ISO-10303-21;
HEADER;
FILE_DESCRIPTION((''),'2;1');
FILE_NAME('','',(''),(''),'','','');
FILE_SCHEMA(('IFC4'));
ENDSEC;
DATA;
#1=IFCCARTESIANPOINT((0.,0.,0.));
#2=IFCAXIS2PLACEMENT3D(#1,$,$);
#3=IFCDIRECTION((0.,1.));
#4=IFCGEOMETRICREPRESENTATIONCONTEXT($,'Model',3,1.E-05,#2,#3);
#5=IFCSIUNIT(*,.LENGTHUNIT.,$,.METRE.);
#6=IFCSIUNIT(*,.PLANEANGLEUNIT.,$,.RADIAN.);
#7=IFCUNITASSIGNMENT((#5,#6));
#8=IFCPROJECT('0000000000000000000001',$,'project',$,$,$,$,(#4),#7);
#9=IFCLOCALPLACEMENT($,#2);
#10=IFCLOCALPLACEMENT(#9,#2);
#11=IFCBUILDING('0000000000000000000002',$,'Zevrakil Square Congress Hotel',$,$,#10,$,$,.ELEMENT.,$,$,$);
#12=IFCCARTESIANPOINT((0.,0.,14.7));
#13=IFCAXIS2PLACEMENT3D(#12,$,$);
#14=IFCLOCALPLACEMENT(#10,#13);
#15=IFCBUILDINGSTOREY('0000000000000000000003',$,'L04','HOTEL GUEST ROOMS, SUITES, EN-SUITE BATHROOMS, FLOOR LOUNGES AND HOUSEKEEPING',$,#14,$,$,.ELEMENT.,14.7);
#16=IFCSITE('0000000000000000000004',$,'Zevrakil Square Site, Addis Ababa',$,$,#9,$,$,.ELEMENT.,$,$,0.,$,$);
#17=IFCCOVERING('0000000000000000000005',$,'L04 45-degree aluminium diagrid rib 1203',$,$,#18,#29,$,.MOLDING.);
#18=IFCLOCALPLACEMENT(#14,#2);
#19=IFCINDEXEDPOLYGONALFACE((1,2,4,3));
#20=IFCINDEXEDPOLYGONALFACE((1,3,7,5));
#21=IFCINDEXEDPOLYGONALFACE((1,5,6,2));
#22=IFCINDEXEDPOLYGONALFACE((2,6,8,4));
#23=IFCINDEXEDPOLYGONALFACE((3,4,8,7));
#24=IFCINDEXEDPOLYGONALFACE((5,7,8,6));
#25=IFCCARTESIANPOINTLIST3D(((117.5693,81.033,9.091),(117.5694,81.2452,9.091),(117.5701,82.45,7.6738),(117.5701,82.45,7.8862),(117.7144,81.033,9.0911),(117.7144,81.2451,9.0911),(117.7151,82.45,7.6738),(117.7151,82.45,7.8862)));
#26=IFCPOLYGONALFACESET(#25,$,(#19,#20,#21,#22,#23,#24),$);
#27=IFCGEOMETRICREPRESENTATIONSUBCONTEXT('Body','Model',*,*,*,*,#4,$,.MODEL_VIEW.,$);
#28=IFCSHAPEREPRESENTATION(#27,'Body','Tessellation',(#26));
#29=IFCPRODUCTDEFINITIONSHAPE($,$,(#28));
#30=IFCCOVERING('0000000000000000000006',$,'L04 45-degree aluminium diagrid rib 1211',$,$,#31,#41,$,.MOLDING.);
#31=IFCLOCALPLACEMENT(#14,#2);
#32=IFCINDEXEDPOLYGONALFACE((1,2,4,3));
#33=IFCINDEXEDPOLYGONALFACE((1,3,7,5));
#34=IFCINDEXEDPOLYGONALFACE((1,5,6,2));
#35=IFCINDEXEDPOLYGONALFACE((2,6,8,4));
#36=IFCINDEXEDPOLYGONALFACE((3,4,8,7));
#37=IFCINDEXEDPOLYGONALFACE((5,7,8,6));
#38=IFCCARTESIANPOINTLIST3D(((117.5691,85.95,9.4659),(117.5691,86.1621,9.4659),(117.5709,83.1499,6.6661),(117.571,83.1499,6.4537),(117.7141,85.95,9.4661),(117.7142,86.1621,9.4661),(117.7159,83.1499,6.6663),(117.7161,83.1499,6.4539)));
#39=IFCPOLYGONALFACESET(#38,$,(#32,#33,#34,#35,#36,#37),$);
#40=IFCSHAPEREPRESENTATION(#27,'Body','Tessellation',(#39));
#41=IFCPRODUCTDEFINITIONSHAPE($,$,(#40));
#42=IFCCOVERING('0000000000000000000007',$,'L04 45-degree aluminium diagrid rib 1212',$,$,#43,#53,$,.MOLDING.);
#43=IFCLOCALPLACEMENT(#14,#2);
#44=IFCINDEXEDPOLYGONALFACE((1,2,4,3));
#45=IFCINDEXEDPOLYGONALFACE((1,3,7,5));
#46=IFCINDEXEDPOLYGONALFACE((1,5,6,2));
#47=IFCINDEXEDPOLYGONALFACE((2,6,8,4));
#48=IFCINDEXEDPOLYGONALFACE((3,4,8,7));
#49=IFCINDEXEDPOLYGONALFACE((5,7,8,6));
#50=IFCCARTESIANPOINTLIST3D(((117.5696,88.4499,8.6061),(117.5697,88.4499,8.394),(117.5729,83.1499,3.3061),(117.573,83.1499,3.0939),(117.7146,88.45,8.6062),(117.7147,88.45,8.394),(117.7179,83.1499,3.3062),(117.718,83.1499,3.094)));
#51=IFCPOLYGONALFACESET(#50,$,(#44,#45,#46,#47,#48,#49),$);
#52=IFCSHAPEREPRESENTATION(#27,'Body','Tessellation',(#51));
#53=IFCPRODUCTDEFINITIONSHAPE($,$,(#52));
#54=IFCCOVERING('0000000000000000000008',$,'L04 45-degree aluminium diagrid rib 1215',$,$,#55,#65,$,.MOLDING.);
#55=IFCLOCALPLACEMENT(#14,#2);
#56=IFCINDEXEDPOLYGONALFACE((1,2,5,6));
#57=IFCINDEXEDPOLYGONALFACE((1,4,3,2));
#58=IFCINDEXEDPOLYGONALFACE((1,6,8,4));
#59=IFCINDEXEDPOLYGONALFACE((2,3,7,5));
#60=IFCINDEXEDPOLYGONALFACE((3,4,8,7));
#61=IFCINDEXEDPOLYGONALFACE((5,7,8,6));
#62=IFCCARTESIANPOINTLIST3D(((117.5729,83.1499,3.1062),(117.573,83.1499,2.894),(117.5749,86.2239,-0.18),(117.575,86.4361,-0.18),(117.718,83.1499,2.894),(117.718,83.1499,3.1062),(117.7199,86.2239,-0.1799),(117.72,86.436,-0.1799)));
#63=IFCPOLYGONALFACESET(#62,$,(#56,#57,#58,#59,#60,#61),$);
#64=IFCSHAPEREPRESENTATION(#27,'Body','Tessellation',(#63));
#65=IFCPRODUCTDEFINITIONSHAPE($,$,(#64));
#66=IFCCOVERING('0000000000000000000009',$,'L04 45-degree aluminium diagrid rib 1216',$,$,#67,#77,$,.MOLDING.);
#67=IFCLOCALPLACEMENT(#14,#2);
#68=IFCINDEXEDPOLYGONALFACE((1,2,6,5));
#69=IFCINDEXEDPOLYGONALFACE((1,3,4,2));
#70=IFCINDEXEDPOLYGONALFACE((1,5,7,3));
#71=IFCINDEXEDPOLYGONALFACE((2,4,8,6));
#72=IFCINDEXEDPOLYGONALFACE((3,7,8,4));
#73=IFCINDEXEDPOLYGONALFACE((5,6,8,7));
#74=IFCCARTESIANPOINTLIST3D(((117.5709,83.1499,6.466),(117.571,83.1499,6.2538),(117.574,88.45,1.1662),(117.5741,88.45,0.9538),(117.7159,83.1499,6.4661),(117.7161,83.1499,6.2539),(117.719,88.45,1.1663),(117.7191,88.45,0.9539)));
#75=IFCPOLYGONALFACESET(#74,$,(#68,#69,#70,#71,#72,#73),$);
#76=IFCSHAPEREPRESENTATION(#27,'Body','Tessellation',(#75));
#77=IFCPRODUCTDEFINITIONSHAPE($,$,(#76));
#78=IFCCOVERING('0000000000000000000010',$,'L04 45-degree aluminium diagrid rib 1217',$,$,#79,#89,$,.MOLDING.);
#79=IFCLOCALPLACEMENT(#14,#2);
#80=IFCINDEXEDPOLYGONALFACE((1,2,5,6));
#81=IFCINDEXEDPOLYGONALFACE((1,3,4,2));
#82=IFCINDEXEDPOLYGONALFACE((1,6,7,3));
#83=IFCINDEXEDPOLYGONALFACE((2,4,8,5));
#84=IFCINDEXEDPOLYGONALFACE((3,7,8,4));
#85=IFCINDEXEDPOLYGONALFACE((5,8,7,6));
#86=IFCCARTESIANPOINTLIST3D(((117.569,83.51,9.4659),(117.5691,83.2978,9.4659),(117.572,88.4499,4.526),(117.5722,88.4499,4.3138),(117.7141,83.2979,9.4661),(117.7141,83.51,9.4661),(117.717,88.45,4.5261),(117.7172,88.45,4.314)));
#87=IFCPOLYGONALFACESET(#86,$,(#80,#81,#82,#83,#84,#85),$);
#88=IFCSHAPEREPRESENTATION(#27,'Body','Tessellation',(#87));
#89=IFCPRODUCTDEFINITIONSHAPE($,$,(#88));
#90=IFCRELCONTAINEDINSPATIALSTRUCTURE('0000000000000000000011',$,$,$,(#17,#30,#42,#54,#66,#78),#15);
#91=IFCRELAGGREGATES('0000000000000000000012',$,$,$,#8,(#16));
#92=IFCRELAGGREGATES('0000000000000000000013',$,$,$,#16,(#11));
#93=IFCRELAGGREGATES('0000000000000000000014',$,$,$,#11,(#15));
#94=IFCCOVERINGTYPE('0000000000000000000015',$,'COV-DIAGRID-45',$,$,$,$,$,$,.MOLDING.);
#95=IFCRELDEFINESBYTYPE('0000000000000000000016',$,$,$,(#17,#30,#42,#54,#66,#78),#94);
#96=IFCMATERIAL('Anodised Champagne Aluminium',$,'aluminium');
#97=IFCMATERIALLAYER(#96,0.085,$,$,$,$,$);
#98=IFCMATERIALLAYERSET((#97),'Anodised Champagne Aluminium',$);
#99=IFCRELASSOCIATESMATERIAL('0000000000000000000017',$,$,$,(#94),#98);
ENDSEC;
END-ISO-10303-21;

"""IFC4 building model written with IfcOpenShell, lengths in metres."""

from ifc_helpers import new_model, si_unit, direction, frame, origin, place, context, subcontext, project, spatial, polyline, outline, extrude, material, layer, layer_set, type_object, element, save


model = new_model("IFC4")

# Units and contexts
model_context = context("Model", 3, precision=1e-05, world=origin(), true_north=direction((0.0, 1.0)))
body_context = subcontext(model_context, "Body", "Model", "MODEL_VIEW")
ifc_project = project(units=[si_unit("LENGTHUNIT", "METRE"), si_unit("PLANEANGLEUNIT", "RADIAN")], contexts=[model_context])

# Site, building, storey
site_placement = place(None, origin())
site = spatial("IfcSite", under=ifc_project, at=site_placement, Name="Zevrakil Square Site, Addis Ababa", CompositionType="ELEMENT", RefElevation=0.0)
building_placement = place(site_placement, origin())
building = spatial("IfcBuilding", under=site, at=building_placement, Name="Zevrakil Square Congress Hotel", CompositionType="ELEMENT")
storey_placement = place(building_placement, frame((0.0, 0.0, 14.7)))
storey = spatial("IfcBuildingStorey", under=building, at=storey_placement, Name="L04", Description="HOTEL GUEST ROOMS, SUITES, EN-SUITE BATHROOMS, FLOOR LOUNGES AND HOUSEKEEPING", CompositionType="ELEMENT", Elevation=14.7)

# Coverings
ifc_material_1 = material(Name="Anodised Champagne Aluminium", Category="aluminium")
ifc_layer_1 = layer(ifc_material_1, 0.085)
ifc_layer_set_1 = layer_set([ifc_layer_1], Name="Anodised Champagne Aluminium")
covering_type_1 = type_object("IfcCoveringType", Name="COV-DIAGRID-45", PredefinedType="MOLDING", material=ifc_layer_set_1)
covering_1_placement = place(storey_placement, frame((117.7144, 81.033, 9.0911), z_axis=(1.0, -0.00028, 0.000279), x_axis=(0.00028, 1.0, 0.0)))
element("IfcCovering", 1, at=covering_1_placement, inside=storey, type_object=covering_type_1, Name="L04 45-degree aluminium diagrid rib 1203", PredefinedType="MOLDING", context=body_context, shape_type="SweptSolid", body=[
    extrude(outline(polyline([(0.0, 0.0), (0.2122, 0.0), (1.417, -1.2048), (1.417, -1.4172), (0.0, 0.0)])), origin(), (0.0, 0.0, -1.0), 0.145),
])
covering_2_placement = place(storey_placement, frame((117.7161, 83.1499, 6.4539), z_axis=(1.0, -0.00026, 0.00089), x_axis=(-0.00089, 0.0, 1.0)))
element("IfcCovering", 2, at=covering_2_placement, inside=storey, type_object=covering_type_1, Name="L04 45-degree aluminium diagrid rib 1211", PredefinedType="MOLDING", context=body_context, shape_type="SweptSolid", body=[
    extrude(outline(polyline([(0.0, 0.0), (0.2124, 0.0), (3.0122, -2.8), (3.0122, -3.0122), (0.0, 0.0)])), origin(), (0.0, 0.0, -1.0), 0.145),
])
covering_3_placement = place(storey_placement, frame((117.718, 83.1499, 3.094), z_axis=(1.0, 0.000046, 0.000575), x_axis=(-0.000575, 0.0, 1.0)))
element("IfcCovering", 3, at=covering_3_placement, inside=storey, type_object=covering_type_1, Name="L04 45-degree aluminium diagrid rib 1212", PredefinedType="MOLDING", context=body_context, shape_type="SweptSolid", body=[
    extrude(outline(polyline([(0.0, 0.0), (0.2122, 0.0), (5.5122, -5.3), (5.3, -5.3), (0.0, 0.0)])), origin(), (0.0, 0.0, -1.0), 0.145),
])
covering_4_placement = place(storey_placement, frame((117.718, 83.1499, 2.894), z_axis=(1.0, -0.000307, 0.000307), x_axis=(-0.000307, 0.0, 1.0)))
element("IfcCovering", 4, at=covering_4_placement, inside=storey, type_object=covering_type_1, Name="L04 45-degree aluminium diagrid rib 1215", PredefinedType="MOLDING", context=body_context, shape_type="SweptSolid", body=[
    extrude(outline(polyline([(0.0, 0.0), (0.2122, 0.0), (-3.074, -3.2861), (-3.074, -3.074), (0.0, 0.0)])), origin(), (0.0, 0.0, -1.0), 0.145),
])
covering_5_placement = place(storey_placement, frame((117.7161, 83.1499, 6.2539), z_axis=(1.0, -0.000001, 0.000575), x_axis=(-0.000575, 0.0, 1.0)))
element("IfcCovering", 5, at=covering_5_placement, inside=storey, type_object=covering_type_1, Name="L04 45-degree aluminium diagrid rib 1216", PredefinedType="MOLDING", context=body_context, shape_type="SweptSolid", body=[
    extrude(outline(polyline([(0.0, 0.0), (0.2122, 0.0), (-5.0876, -5.3), (-5.3, -5.3), (0.0, 0.0)])), origin(), (0.0, 0.0, -1.0), 0.145),
])
covering_6_placement = place(storey_placement, frame((117.7141, 83.2979, 9.4661), z_axis=(1.0, 0.000273, 0.000878), x_axis=(-0.000273, 1.0, 0.0)))
element("IfcCovering", 6, at=covering_6_placement, inside=storey, type_object=covering_type_1, Name="L04 45-degree aluminium diagrid rib 1217", PredefinedType="MOLDING", context=body_context, shape_type="SweptSolid", body=[
    extrude(outline(polyline([(0.0, 0.0), (0.2122, 0.0), (5.1521, -4.9399), (5.1521, -5.1521), (0.0, 0.0)])), origin(), (0.0, 0.0, -1.0), 0.145),
])

save(model, "model.ifc")
